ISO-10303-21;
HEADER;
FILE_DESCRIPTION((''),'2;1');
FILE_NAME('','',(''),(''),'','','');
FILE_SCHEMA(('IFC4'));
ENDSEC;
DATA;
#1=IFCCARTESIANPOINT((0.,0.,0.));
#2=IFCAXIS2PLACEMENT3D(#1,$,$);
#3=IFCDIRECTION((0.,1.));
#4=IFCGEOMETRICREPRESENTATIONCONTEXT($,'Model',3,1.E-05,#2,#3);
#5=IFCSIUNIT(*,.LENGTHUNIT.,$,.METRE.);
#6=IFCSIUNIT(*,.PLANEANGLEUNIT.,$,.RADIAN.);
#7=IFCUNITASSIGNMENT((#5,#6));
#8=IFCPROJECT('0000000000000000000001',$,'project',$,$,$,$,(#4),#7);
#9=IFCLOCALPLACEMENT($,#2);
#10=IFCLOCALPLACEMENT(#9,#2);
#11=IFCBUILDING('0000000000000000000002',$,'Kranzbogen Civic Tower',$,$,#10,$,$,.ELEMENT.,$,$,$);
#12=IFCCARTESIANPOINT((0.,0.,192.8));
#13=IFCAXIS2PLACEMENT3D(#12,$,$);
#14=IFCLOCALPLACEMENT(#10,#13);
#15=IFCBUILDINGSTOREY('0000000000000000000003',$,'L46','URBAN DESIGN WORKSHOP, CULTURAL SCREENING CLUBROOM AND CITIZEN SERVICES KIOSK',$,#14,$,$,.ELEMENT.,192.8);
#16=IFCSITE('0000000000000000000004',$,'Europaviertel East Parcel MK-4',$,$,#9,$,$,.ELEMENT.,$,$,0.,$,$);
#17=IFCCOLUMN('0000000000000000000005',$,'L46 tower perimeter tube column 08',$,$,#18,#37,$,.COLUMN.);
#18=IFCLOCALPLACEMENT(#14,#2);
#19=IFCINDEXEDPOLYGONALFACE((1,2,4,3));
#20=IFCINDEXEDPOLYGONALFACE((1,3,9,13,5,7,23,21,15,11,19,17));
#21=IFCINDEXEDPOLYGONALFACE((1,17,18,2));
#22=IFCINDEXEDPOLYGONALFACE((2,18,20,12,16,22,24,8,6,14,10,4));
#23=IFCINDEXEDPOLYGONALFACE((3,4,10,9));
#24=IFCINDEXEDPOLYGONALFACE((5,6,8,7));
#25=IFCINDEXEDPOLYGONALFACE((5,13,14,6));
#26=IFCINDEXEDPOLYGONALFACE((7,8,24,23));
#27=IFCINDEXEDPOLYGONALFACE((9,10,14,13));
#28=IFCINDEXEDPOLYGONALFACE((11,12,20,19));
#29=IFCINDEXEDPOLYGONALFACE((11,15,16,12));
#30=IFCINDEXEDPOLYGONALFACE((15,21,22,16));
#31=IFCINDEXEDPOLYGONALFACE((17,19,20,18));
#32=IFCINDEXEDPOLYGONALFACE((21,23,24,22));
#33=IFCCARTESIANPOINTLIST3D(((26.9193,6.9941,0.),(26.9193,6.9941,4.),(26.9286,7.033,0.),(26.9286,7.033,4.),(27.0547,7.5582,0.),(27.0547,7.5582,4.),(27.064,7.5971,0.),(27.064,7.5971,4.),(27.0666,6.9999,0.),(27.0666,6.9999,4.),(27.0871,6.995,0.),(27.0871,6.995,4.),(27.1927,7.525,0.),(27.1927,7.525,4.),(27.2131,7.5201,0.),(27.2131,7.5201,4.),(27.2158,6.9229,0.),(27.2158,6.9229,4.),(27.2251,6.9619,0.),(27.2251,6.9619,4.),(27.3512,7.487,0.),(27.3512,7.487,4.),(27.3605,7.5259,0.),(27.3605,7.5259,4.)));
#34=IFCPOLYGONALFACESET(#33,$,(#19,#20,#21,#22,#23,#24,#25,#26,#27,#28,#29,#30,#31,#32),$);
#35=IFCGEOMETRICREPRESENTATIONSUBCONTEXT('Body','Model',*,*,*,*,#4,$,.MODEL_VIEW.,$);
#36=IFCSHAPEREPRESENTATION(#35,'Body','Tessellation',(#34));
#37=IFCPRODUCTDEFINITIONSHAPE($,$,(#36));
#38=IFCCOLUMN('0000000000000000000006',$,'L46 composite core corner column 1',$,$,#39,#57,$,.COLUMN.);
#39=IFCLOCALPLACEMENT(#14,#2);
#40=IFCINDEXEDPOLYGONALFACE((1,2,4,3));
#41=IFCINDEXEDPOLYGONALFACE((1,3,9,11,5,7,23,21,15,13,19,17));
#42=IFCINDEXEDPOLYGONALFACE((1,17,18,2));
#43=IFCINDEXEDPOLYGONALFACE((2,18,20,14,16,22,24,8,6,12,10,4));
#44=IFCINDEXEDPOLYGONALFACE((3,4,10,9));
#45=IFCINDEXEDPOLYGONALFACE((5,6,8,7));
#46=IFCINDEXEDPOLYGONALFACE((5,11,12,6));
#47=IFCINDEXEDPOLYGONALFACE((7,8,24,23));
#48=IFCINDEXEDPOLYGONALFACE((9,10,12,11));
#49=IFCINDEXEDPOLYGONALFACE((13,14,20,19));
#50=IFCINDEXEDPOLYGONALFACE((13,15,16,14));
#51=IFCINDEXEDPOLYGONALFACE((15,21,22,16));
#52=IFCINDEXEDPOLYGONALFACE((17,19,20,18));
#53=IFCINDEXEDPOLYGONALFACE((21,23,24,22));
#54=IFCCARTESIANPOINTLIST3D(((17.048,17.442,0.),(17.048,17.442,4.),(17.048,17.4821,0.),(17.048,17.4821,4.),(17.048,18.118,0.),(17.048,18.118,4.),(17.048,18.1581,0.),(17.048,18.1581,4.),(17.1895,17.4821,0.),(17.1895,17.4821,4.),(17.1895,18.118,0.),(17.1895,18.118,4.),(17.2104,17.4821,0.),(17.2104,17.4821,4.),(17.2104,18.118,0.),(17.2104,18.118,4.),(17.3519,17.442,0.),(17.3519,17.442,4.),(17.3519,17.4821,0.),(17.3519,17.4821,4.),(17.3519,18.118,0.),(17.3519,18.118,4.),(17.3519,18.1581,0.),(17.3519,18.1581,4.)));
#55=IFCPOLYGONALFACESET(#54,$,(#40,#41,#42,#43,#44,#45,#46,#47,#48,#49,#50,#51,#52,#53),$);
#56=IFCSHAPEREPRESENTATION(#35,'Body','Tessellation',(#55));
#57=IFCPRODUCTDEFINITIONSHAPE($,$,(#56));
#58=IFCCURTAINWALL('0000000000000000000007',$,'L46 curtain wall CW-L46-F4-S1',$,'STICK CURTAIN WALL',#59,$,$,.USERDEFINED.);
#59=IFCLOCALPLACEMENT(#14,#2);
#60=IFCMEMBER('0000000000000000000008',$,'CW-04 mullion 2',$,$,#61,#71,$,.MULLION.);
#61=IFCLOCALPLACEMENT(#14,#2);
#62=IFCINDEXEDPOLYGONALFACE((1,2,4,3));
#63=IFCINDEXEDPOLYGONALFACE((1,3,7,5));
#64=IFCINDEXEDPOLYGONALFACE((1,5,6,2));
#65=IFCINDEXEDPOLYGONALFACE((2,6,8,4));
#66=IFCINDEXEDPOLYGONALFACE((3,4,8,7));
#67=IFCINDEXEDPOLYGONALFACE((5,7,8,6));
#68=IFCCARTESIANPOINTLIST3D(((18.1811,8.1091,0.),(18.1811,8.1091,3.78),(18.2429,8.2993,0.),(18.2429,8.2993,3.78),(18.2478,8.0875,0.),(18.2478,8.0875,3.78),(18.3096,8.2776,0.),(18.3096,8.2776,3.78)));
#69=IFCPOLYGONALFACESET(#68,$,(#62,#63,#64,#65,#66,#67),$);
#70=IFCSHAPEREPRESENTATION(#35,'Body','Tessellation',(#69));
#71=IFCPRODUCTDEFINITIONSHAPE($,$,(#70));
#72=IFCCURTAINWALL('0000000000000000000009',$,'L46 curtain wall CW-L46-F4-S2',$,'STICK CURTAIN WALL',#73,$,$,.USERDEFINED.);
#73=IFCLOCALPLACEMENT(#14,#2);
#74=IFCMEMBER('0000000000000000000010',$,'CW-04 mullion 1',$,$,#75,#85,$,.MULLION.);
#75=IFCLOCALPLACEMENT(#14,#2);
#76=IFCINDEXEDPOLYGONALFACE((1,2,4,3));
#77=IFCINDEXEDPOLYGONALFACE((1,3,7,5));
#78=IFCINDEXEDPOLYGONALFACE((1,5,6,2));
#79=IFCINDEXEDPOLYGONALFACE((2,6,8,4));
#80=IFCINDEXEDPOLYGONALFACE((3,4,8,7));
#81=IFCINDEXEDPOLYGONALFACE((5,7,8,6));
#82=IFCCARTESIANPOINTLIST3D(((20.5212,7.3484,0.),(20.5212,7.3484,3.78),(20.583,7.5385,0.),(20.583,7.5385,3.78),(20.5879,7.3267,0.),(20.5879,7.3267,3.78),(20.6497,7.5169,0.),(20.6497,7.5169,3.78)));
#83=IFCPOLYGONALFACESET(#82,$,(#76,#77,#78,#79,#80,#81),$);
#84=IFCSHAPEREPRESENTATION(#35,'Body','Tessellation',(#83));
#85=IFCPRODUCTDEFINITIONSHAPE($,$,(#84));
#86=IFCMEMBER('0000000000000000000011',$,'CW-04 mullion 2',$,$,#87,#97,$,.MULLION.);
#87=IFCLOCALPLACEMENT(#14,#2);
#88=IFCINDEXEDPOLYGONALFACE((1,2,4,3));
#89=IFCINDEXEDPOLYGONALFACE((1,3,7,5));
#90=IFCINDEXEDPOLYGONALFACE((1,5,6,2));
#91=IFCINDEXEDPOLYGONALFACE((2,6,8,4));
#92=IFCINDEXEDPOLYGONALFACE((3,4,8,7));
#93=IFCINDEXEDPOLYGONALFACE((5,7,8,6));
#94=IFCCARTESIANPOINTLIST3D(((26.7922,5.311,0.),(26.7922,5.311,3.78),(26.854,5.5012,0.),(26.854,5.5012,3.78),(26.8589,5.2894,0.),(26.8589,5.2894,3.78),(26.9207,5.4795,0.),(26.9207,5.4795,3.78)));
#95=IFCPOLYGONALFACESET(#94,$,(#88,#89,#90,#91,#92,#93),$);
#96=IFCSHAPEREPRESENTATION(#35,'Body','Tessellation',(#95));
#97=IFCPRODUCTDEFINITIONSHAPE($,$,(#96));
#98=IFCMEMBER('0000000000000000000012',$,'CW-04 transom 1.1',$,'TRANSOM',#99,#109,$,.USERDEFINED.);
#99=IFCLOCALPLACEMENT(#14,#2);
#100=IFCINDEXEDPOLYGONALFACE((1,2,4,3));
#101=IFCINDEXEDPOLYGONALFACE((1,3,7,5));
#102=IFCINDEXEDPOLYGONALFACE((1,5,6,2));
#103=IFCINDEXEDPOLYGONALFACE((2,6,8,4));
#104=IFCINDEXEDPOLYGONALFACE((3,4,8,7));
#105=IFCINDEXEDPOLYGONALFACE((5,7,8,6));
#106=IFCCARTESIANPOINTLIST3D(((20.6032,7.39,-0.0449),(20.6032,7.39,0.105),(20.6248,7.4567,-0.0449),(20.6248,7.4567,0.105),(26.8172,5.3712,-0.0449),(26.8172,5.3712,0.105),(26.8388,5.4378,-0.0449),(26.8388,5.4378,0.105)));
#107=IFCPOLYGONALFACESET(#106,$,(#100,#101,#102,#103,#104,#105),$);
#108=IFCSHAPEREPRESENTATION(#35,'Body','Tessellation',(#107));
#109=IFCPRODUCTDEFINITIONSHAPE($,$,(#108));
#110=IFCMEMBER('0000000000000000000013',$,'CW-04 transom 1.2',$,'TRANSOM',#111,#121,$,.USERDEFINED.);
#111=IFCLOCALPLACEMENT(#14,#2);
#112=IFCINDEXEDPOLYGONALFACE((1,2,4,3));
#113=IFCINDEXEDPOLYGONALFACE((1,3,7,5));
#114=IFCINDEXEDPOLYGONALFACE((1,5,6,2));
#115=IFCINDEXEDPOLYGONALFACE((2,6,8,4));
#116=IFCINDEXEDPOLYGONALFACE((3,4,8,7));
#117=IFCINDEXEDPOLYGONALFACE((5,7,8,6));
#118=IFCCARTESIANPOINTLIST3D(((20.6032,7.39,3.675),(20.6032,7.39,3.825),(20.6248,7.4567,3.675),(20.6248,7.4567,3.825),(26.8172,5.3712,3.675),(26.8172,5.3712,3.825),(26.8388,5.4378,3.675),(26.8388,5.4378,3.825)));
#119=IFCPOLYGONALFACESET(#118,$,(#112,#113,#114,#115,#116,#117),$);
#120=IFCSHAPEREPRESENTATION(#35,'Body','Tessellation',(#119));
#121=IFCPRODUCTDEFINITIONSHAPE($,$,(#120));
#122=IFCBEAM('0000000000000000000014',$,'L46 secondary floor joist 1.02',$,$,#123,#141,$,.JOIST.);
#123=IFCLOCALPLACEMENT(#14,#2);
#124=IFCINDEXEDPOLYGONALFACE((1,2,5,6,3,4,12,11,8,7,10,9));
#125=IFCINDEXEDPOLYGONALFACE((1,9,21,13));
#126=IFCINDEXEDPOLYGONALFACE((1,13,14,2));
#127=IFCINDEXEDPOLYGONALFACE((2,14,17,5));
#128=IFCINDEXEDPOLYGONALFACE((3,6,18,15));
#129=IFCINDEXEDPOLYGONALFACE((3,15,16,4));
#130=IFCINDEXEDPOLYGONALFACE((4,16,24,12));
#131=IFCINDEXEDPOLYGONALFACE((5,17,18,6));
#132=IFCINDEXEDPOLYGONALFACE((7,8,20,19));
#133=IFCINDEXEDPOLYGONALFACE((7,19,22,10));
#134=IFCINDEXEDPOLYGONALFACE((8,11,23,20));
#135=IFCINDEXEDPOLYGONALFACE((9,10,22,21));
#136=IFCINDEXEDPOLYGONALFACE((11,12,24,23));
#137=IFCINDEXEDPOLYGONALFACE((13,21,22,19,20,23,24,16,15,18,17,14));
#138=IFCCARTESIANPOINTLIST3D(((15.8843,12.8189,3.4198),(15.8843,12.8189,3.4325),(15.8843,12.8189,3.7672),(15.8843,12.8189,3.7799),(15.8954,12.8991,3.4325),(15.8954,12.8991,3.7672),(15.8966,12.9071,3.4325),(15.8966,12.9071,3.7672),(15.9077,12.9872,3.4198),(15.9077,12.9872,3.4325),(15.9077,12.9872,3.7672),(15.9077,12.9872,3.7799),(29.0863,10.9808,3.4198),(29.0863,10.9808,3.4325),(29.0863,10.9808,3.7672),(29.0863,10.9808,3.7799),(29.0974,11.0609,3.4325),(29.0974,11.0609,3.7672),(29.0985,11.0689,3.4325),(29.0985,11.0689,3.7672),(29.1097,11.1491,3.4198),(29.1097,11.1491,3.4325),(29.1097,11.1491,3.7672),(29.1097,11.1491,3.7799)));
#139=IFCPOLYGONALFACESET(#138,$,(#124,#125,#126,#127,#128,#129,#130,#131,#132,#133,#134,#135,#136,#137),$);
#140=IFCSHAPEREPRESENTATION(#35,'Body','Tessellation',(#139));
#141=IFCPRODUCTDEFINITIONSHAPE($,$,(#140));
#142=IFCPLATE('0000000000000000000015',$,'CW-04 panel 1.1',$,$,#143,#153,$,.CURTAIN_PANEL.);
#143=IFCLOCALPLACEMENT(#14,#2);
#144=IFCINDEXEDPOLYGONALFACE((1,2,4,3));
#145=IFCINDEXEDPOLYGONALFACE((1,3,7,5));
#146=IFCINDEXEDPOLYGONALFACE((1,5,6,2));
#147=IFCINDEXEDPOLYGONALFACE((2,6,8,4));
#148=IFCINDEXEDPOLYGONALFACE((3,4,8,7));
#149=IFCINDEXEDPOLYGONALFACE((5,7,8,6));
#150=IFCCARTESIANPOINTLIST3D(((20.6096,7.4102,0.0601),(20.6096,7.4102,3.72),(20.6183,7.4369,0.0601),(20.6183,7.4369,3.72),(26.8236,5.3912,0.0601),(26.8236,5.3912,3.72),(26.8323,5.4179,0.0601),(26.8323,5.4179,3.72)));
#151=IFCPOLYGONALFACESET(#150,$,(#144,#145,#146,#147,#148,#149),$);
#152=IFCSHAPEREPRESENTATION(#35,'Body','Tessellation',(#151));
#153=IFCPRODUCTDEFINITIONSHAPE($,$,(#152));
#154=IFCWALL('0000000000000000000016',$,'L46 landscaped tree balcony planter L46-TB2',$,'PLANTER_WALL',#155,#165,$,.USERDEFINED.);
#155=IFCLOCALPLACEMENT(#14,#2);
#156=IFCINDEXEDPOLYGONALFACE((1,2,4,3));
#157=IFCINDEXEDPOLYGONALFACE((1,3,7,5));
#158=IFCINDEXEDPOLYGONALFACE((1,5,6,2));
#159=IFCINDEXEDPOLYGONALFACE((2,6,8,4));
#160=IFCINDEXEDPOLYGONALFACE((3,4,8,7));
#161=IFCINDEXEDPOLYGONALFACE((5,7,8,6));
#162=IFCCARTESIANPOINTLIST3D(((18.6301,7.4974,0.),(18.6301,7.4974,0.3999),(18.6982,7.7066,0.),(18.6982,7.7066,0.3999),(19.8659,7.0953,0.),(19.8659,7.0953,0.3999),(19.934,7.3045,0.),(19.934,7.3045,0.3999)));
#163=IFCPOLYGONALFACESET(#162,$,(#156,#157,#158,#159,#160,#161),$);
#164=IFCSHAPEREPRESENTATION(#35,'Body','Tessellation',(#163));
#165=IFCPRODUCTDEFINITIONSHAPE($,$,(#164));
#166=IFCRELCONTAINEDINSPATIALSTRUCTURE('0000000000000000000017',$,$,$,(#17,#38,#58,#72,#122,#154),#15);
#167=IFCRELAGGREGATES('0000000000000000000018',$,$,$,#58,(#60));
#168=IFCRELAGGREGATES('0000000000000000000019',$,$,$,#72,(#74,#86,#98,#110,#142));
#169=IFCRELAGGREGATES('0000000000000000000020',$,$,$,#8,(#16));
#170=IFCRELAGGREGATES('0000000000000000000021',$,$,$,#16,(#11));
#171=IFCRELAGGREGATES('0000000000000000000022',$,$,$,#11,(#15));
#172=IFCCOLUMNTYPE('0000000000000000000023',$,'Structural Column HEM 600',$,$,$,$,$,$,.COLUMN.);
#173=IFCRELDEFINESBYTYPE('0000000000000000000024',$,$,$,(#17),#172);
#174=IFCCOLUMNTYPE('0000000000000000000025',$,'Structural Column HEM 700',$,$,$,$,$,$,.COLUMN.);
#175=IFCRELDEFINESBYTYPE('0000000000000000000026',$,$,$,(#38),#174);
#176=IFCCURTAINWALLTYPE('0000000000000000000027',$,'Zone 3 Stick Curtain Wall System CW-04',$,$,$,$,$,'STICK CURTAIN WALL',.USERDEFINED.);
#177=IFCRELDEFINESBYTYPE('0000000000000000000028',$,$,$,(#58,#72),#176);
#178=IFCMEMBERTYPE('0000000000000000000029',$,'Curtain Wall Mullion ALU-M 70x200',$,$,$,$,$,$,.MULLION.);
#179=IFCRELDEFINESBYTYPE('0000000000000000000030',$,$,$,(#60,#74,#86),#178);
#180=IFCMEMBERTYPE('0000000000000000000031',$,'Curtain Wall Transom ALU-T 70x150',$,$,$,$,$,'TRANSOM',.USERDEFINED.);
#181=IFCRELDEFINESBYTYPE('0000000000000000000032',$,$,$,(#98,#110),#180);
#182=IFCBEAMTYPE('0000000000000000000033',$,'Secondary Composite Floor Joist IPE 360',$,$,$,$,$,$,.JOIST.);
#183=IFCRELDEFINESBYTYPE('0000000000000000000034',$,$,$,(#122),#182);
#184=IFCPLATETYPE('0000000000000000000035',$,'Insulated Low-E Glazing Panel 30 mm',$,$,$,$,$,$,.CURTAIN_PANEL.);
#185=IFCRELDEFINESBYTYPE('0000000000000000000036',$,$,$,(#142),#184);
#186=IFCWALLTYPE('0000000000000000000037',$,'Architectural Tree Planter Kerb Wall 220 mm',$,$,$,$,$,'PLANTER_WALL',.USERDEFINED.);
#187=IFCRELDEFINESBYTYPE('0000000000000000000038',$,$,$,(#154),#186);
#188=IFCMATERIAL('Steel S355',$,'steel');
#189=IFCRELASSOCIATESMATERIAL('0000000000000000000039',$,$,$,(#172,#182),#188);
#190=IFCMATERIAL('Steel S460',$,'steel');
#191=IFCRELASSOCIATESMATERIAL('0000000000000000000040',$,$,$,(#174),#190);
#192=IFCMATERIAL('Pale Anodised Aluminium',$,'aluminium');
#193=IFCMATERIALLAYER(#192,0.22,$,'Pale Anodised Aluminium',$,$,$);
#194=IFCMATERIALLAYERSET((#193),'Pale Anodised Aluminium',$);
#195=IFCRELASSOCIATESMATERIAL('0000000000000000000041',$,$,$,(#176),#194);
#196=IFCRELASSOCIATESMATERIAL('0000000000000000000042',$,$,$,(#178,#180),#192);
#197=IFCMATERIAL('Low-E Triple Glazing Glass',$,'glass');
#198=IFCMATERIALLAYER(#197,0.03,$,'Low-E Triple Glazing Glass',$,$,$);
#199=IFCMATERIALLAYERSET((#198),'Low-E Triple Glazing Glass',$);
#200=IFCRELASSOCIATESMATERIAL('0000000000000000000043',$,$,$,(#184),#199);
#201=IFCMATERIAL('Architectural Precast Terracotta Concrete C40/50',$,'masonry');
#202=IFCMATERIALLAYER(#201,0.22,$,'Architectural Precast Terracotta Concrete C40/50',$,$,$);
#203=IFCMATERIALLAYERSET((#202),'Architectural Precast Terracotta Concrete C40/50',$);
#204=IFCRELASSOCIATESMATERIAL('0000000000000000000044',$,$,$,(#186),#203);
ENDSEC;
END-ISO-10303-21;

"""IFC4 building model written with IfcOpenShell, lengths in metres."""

from ifc_helpers import new_model, si_unit, direction, frame, frame_2d, origin, origin_2d, place, context, subcontext, project, spatial, rectangle, i_section, extrude, material, layer, layer_set, material_profile, profile_set, type_object, element, aggregate, save


model = new_model("IFC4")

# Units and contexts
model_context = context("Model", 3, precision=1e-05, world=origin(), true_north=direction((0.0, 1.0)))
body_context = subcontext(model_context, "Body", "Model", "MODEL_VIEW")
ifc_project = project(units=[si_unit("LENGTHUNIT", "METRE"), si_unit("PLANEANGLEUNIT", "RADIAN")], contexts=[model_context])

# Site, building, storey
site_placement = place(None, origin())
site = spatial("IfcSite", under=ifc_project, at=site_placement, Name="Europaviertel East Parcel MK-4", CompositionType="ELEMENT", RefElevation=0.0)
building_placement = place(site_placement, origin())
building = spatial("IfcBuilding", under=site, at=building_placement, Name="Kranzbogen Civic Tower", CompositionType="ELEMENT")
storey_placement = place(building_placement, frame((0.0, 0.0, 192.8)))
storey = spatial("IfcBuildingStorey", under=building, at=storey_placement, Name="L46", Description="URBAN DESIGN WORKSHOP, CULTURAL SCREENING CLUBROOM AND CITIZEN SERVICES KIOSK", CompositionType="ELEMENT", Elevation=192.8)

# Columns
ifc_material_1 = material(Name="Steel S355", Category="steel")
ifc_material_profile_1 = material_profile(ifc_material_1, i_section(OverallWidth=0.3049, OverallDepth=0.6201, WebThickness=0.021, FlangeThickness=0.04, at=origin_2d()), Name="HEM 600")
ifc_profile_set_1 = profile_set([ifc_material_profile_1], Name="Steel S355")
column_type_1 = type_object("IfcColumnType", Name="Structural Column HEM 600", PredefinedType="COLUMN", material=ifc_profile_set_1)
column_1_placement = place(storey_placement, frame((27.1399, 7.26, 0.0), z_axis=(0.0, 0.0, 1.0), x_axis=(-0.97237, 0.233445, 0.0)))
element("IfcColumn", 1, at=column_1_placement, inside=storey, type_object=column_type_1, Name="L46 tower perimeter tube column 08", PredefinedType="COLUMN", context=body_context, shape_type="SweptSolid", body=[
    extrude(i_section(OverallWidth=0.3049, OverallDepth=0.6201, WebThickness=0.021, FlangeThickness=0.04, at=origin_2d()), origin(), (0.0, 0.0, 1.0), 4.0),
])
ifc_material_2 = material(Name="Steel S460", Category="steel")
ifc_material_profile_2 = material_profile(ifc_material_2, i_section(OverallWidth=0.304, OverallDepth=0.7161, WebThickness=0.021, FlangeThickness=0.04, at=origin_2d()), Name="HEM 700")
ifc_profile_set_2 = profile_set([ifc_material_profile_2], Name="Steel S460")
column_type_2 = type_object("IfcColumnType", Name="Structural Column HEM 700", PredefinedType="COLUMN", material=ifc_profile_set_2)
column_2_placement = place(storey_placement, frame((17.2, 17.8, 0.0), z_axis=(0.0, 0.0, 1.0), x_axis=(1.0, 0.0, 0.0)))
element("IfcColumn", 2, at=column_2_placement, inside=storey, type_object=column_type_2, Name="L46 composite core corner column 1", PredefinedType="COLUMN", context=body_context, shape_type="SweptSolid", body=[
    extrude(i_section(OverallWidth=0.304, OverallDepth=0.7161, WebThickness=0.021, FlangeThickness=0.04, at=origin_2d()), origin(), (0.0, 0.0, 1.0), 4.0),
])

# Curtain wall, member
ifc_material_3 = material(Name="Pale Anodised Aluminium", Category="aluminium")
ifc_layer_1 = layer(ifc_material_3, 0.22, Name="Pale Anodised Aluminium")
ifc_layer_set_1 = layer_set([ifc_layer_1], Name="Pale Anodised Aluminium")
curtain_wall_type = type_object("IfcCurtainWallType", Name="Zone 3 Stick Curtain Wall System CW-04", ElementType="STICK CURTAIN WALL", PredefinedType="USERDEFINED", material=ifc_layer_set_1)
curtain_wall_1_placement = place(storey_placement, origin())
curtain_wall_1 = element("IfcCurtainWall", 3, at=curtain_wall_1_placement, inside=storey, type_object=curtain_wall_type, Name="L46 curtain wall CW-L46-F4-S1", ObjectType="STICK CURTAIN WALL", PredefinedType="USERDEFINED")
ifc_material_profile_3 = material_profile(ifc_material_3, rectangle(XDim=0.0701, YDim=0.2, at=origin_2d()), Name="ALU-M 70x200")
ifc_profile_set_3 = profile_set([ifc_material_profile_3], Name="Pale Anodised Aluminium")
member_type_1 = type_object("IfcMemberType", Name="Curtain Wall Mullion ALU-M 70x200", PredefinedType="MULLION", material=ifc_profile_set_3)
member_1_placement = place(storey_placement, frame((18.2454, 8.1934, 0.0), z_axis=(0.0, 0.0, 1.0), x_axis=(0.951061, -0.309005, 0.0)))
member_1 = element("IfcMember", 4, at=member_1_placement, type_object=member_type_1, Name="CW-04 mullion 2", PredefinedType="MULLION", context=body_context, shape_type="SweptSolid", body=[
    extrude(rectangle(XDim=0.0701, YDim=0.2, at=origin_2d()), origin(), (0.0, 0.0, 1.0), 3.78),
])
aggregate(curtain_wall_1, [member_1])

# Curtain wall, members
curtain_wall_2_placement = place(storey_placement, origin())
curtain_wall_2 = element("IfcCurtainWall", 5, at=curtain_wall_2_placement, inside=storey, type_object=curtain_wall_type, Name="L46 curtain wall CW-L46-F4-S2", ObjectType="STICK CURTAIN WALL", PredefinedType="USERDEFINED")
member_2_placement = place(storey_placement, frame((20.5854, 7.4326, 0.0), z_axis=(0.0, 0.0, 1.0), x_axis=(0.951061, -0.309005, 0.0)))
member_2 = element("IfcMember", 6, at=member_2_placement, type_object=member_type_1, Name="CW-04 mullion 1", PredefinedType="MULLION", context=body_context, shape_type="SweptSolid", body=[
    extrude(rectangle(XDim=0.0701, YDim=0.2, at=origin_2d()), origin(), (0.0, 0.0, 1.0), 3.78),
])
member_3_placement = place(storey_placement, frame((26.8564, 5.3953, 0.0), z_axis=(0.0, 0.0, 1.0), x_axis=(0.951061, -0.309005, 0.0)))
member_3 = element("IfcMember", 7, at=member_3_placement, type_object=member_type_1, Name="CW-04 mullion 2", PredefinedType="MULLION", context=body_context, shape_type="SweptSolid", body=[
    extrude(rectangle(XDim=0.0701, YDim=0.2, at=origin_2d()), origin(), (0.0, 0.0, 1.0), 3.78),
])
ifc_material_profile_4 = material_profile(ifc_material_3, rectangle(XDim=0.0701, YDim=0.1499, at=origin_2d()), Name="ALU-T 70x150")
ifc_profile_set_4 = profile_set([ifc_material_profile_4], Name="Pale Anodised Aluminium")
member_type_2 = type_object("IfcMemberType", Name="Curtain Wall Transom ALU-T 70x150", ElementType="TRANSOM", PredefinedType="USERDEFINED", material=ifc_profile_set_4)
member_4_placement = place(storey_placement, frame((20.614, 7.4233, 0.03), z_axis=(0.951066, -0.308988, 0.0), x_axis=(0.308988, 0.951066, 0.0)))
member_4 = element("IfcMember", 8, at=member_4_placement, type_object=member_type_2, Name="CW-04 transom 1.1", ObjectType="TRANSOM", PredefinedType="USERDEFINED", context=body_context, shape_type="SweptSolid", body=[
    extrude(rectangle(XDim=0.0701, YDim=0.1499, at=origin_2d()), origin(), (0.0, 0.0, 1.0), 6.5337),
])
member_5_placement = place(storey_placement, frame((20.614, 7.4233, 3.75), z_axis=(0.951066, -0.308988, 0.0), x_axis=(0.308988, 0.951066, 0.0)))
member_5 = element("IfcMember", 9, at=member_5_placement, type_object=member_type_2, Name="CW-04 transom 1.2", ObjectType="TRANSOM", PredefinedType="USERDEFINED", context=body_context, shape_type="SweptSolid", body=[
    extrude(rectangle(XDim=0.0701, YDim=0.1499, at=origin_2d()), origin(), (0.0, 0.0, 1.0), 6.5337),
])

# Beam
ifc_material_profile_5 = material_profile(ifc_material_1, i_section(OverallWidth=0.1699, OverallDepth=0.3601, WebThickness=0.0081, FlangeThickness=0.0127, at=origin_2d()), Name="IPE 360")
ifc_profile_set_5 = profile_set([ifc_material_profile_5], Name="Steel S355")
beam_type = type_object("IfcBeamType", Name="Secondary Composite Floor Joist IPE 360", PredefinedType="JOIST", material=ifc_profile_set_5)
beam_placement = place(storey_placement, frame((15.896, 12.9031, 3.5999), z_axis=(0.990446, -0.137902, 0.0), x_axis=(0.137902, 0.990446, 0.0)))
element("IfcBeam", 10, at=beam_placement, inside=storey, type_object=beam_type, Name="L46 secondary floor joist 1.02", PredefinedType="JOIST", context=body_context, shape_type="SweptSolid", body=[
    extrude(i_section(OverallWidth=0.1699, OverallDepth=0.3601, WebThickness=0.0081, FlangeThickness=0.0127, at=origin_2d()), origin(), (0.0, 0.0, 1.0), 13.3293),
])

# Plate
ifc_material_4 = material(Name="Low-E Triple Glazing Glass", Category="glass")
ifc_layer_2 = layer(ifc_material_4, 0.03, Name="Low-E Triple Glazing Glass")
ifc_layer_set_2 = layer_set([ifc_layer_2], Name="Low-E Triple Glazing Glass")
plate_type = type_object("IfcPlateType", Name="Insulated Low-E Glazing Panel 30 mm", PredefinedType="CURTAIN_PANEL", material=ifc_layer_set_2)
plate_placement = place(storey_placement, frame((23.7209, 6.4141, 0.0601), z_axis=(0.0, 0.0, 1.0), x_axis=(0.951061, -0.309005, 0.0)))
plate = element("IfcPlate", 11, at=plate_placement, type_object=plate_type, Name="CW-04 panel 1.1", PredefinedType="CURTAIN_PANEL", context=body_context, shape_type="SweptSolid", body=[
    extrude(rectangle(XDim=6.5337, YDim=0.0281, at=origin_2d()), origin(), (0.0, 0.0, 1.0), 3.6599),
])
aggregate(curtain_wall_2, [member_2, member_3, member_4, member_5, plate])

# Wall
ifc_material_5 = material(Name="Architectural Precast Terracotta Concrete C40/50", Category="masonry")
ifc_layer_3 = layer(ifc_material_5, 0.22, Name="Architectural Precast Terracotta Concrete C40/50")
ifc_layer_set_3 = layer_set([ifc_layer_3], Name="Architectural Precast Terracotta Concrete C40/50")
wall_type_1 = type_object("IfcWallType", Name="Architectural Tree Planter Kerb Wall 220 mm", ElementType="PLANTER_WALL", PredefinedType="USERDEFINED", material=ifc_layer_set_3)
wall_1_placement = place(storey_placement, frame((18.6641, 7.6021, 0.0), z_axis=(0.0, 0.0, 1.0), x_axis=(0.950932, -0.3094, 0.0)))
element("IfcWall", 12, at=wall_1_placement, inside=storey, type_object=wall_type_1, Name="L46 landscaped tree balcony planter L46-TB2", ObjectType="PLANTER_WALL", PredefinedType="USERDEFINED", context=body_context, shape_type="SweptSolid", body=[
    extrude(rectangle(XDim=1.2996, YDim=0.22, at=frame_2d((0.6499, 0.0))), origin(), (0.0, 0.0, 1.0), 0.3999),
])

save(model, "model.ifc")
